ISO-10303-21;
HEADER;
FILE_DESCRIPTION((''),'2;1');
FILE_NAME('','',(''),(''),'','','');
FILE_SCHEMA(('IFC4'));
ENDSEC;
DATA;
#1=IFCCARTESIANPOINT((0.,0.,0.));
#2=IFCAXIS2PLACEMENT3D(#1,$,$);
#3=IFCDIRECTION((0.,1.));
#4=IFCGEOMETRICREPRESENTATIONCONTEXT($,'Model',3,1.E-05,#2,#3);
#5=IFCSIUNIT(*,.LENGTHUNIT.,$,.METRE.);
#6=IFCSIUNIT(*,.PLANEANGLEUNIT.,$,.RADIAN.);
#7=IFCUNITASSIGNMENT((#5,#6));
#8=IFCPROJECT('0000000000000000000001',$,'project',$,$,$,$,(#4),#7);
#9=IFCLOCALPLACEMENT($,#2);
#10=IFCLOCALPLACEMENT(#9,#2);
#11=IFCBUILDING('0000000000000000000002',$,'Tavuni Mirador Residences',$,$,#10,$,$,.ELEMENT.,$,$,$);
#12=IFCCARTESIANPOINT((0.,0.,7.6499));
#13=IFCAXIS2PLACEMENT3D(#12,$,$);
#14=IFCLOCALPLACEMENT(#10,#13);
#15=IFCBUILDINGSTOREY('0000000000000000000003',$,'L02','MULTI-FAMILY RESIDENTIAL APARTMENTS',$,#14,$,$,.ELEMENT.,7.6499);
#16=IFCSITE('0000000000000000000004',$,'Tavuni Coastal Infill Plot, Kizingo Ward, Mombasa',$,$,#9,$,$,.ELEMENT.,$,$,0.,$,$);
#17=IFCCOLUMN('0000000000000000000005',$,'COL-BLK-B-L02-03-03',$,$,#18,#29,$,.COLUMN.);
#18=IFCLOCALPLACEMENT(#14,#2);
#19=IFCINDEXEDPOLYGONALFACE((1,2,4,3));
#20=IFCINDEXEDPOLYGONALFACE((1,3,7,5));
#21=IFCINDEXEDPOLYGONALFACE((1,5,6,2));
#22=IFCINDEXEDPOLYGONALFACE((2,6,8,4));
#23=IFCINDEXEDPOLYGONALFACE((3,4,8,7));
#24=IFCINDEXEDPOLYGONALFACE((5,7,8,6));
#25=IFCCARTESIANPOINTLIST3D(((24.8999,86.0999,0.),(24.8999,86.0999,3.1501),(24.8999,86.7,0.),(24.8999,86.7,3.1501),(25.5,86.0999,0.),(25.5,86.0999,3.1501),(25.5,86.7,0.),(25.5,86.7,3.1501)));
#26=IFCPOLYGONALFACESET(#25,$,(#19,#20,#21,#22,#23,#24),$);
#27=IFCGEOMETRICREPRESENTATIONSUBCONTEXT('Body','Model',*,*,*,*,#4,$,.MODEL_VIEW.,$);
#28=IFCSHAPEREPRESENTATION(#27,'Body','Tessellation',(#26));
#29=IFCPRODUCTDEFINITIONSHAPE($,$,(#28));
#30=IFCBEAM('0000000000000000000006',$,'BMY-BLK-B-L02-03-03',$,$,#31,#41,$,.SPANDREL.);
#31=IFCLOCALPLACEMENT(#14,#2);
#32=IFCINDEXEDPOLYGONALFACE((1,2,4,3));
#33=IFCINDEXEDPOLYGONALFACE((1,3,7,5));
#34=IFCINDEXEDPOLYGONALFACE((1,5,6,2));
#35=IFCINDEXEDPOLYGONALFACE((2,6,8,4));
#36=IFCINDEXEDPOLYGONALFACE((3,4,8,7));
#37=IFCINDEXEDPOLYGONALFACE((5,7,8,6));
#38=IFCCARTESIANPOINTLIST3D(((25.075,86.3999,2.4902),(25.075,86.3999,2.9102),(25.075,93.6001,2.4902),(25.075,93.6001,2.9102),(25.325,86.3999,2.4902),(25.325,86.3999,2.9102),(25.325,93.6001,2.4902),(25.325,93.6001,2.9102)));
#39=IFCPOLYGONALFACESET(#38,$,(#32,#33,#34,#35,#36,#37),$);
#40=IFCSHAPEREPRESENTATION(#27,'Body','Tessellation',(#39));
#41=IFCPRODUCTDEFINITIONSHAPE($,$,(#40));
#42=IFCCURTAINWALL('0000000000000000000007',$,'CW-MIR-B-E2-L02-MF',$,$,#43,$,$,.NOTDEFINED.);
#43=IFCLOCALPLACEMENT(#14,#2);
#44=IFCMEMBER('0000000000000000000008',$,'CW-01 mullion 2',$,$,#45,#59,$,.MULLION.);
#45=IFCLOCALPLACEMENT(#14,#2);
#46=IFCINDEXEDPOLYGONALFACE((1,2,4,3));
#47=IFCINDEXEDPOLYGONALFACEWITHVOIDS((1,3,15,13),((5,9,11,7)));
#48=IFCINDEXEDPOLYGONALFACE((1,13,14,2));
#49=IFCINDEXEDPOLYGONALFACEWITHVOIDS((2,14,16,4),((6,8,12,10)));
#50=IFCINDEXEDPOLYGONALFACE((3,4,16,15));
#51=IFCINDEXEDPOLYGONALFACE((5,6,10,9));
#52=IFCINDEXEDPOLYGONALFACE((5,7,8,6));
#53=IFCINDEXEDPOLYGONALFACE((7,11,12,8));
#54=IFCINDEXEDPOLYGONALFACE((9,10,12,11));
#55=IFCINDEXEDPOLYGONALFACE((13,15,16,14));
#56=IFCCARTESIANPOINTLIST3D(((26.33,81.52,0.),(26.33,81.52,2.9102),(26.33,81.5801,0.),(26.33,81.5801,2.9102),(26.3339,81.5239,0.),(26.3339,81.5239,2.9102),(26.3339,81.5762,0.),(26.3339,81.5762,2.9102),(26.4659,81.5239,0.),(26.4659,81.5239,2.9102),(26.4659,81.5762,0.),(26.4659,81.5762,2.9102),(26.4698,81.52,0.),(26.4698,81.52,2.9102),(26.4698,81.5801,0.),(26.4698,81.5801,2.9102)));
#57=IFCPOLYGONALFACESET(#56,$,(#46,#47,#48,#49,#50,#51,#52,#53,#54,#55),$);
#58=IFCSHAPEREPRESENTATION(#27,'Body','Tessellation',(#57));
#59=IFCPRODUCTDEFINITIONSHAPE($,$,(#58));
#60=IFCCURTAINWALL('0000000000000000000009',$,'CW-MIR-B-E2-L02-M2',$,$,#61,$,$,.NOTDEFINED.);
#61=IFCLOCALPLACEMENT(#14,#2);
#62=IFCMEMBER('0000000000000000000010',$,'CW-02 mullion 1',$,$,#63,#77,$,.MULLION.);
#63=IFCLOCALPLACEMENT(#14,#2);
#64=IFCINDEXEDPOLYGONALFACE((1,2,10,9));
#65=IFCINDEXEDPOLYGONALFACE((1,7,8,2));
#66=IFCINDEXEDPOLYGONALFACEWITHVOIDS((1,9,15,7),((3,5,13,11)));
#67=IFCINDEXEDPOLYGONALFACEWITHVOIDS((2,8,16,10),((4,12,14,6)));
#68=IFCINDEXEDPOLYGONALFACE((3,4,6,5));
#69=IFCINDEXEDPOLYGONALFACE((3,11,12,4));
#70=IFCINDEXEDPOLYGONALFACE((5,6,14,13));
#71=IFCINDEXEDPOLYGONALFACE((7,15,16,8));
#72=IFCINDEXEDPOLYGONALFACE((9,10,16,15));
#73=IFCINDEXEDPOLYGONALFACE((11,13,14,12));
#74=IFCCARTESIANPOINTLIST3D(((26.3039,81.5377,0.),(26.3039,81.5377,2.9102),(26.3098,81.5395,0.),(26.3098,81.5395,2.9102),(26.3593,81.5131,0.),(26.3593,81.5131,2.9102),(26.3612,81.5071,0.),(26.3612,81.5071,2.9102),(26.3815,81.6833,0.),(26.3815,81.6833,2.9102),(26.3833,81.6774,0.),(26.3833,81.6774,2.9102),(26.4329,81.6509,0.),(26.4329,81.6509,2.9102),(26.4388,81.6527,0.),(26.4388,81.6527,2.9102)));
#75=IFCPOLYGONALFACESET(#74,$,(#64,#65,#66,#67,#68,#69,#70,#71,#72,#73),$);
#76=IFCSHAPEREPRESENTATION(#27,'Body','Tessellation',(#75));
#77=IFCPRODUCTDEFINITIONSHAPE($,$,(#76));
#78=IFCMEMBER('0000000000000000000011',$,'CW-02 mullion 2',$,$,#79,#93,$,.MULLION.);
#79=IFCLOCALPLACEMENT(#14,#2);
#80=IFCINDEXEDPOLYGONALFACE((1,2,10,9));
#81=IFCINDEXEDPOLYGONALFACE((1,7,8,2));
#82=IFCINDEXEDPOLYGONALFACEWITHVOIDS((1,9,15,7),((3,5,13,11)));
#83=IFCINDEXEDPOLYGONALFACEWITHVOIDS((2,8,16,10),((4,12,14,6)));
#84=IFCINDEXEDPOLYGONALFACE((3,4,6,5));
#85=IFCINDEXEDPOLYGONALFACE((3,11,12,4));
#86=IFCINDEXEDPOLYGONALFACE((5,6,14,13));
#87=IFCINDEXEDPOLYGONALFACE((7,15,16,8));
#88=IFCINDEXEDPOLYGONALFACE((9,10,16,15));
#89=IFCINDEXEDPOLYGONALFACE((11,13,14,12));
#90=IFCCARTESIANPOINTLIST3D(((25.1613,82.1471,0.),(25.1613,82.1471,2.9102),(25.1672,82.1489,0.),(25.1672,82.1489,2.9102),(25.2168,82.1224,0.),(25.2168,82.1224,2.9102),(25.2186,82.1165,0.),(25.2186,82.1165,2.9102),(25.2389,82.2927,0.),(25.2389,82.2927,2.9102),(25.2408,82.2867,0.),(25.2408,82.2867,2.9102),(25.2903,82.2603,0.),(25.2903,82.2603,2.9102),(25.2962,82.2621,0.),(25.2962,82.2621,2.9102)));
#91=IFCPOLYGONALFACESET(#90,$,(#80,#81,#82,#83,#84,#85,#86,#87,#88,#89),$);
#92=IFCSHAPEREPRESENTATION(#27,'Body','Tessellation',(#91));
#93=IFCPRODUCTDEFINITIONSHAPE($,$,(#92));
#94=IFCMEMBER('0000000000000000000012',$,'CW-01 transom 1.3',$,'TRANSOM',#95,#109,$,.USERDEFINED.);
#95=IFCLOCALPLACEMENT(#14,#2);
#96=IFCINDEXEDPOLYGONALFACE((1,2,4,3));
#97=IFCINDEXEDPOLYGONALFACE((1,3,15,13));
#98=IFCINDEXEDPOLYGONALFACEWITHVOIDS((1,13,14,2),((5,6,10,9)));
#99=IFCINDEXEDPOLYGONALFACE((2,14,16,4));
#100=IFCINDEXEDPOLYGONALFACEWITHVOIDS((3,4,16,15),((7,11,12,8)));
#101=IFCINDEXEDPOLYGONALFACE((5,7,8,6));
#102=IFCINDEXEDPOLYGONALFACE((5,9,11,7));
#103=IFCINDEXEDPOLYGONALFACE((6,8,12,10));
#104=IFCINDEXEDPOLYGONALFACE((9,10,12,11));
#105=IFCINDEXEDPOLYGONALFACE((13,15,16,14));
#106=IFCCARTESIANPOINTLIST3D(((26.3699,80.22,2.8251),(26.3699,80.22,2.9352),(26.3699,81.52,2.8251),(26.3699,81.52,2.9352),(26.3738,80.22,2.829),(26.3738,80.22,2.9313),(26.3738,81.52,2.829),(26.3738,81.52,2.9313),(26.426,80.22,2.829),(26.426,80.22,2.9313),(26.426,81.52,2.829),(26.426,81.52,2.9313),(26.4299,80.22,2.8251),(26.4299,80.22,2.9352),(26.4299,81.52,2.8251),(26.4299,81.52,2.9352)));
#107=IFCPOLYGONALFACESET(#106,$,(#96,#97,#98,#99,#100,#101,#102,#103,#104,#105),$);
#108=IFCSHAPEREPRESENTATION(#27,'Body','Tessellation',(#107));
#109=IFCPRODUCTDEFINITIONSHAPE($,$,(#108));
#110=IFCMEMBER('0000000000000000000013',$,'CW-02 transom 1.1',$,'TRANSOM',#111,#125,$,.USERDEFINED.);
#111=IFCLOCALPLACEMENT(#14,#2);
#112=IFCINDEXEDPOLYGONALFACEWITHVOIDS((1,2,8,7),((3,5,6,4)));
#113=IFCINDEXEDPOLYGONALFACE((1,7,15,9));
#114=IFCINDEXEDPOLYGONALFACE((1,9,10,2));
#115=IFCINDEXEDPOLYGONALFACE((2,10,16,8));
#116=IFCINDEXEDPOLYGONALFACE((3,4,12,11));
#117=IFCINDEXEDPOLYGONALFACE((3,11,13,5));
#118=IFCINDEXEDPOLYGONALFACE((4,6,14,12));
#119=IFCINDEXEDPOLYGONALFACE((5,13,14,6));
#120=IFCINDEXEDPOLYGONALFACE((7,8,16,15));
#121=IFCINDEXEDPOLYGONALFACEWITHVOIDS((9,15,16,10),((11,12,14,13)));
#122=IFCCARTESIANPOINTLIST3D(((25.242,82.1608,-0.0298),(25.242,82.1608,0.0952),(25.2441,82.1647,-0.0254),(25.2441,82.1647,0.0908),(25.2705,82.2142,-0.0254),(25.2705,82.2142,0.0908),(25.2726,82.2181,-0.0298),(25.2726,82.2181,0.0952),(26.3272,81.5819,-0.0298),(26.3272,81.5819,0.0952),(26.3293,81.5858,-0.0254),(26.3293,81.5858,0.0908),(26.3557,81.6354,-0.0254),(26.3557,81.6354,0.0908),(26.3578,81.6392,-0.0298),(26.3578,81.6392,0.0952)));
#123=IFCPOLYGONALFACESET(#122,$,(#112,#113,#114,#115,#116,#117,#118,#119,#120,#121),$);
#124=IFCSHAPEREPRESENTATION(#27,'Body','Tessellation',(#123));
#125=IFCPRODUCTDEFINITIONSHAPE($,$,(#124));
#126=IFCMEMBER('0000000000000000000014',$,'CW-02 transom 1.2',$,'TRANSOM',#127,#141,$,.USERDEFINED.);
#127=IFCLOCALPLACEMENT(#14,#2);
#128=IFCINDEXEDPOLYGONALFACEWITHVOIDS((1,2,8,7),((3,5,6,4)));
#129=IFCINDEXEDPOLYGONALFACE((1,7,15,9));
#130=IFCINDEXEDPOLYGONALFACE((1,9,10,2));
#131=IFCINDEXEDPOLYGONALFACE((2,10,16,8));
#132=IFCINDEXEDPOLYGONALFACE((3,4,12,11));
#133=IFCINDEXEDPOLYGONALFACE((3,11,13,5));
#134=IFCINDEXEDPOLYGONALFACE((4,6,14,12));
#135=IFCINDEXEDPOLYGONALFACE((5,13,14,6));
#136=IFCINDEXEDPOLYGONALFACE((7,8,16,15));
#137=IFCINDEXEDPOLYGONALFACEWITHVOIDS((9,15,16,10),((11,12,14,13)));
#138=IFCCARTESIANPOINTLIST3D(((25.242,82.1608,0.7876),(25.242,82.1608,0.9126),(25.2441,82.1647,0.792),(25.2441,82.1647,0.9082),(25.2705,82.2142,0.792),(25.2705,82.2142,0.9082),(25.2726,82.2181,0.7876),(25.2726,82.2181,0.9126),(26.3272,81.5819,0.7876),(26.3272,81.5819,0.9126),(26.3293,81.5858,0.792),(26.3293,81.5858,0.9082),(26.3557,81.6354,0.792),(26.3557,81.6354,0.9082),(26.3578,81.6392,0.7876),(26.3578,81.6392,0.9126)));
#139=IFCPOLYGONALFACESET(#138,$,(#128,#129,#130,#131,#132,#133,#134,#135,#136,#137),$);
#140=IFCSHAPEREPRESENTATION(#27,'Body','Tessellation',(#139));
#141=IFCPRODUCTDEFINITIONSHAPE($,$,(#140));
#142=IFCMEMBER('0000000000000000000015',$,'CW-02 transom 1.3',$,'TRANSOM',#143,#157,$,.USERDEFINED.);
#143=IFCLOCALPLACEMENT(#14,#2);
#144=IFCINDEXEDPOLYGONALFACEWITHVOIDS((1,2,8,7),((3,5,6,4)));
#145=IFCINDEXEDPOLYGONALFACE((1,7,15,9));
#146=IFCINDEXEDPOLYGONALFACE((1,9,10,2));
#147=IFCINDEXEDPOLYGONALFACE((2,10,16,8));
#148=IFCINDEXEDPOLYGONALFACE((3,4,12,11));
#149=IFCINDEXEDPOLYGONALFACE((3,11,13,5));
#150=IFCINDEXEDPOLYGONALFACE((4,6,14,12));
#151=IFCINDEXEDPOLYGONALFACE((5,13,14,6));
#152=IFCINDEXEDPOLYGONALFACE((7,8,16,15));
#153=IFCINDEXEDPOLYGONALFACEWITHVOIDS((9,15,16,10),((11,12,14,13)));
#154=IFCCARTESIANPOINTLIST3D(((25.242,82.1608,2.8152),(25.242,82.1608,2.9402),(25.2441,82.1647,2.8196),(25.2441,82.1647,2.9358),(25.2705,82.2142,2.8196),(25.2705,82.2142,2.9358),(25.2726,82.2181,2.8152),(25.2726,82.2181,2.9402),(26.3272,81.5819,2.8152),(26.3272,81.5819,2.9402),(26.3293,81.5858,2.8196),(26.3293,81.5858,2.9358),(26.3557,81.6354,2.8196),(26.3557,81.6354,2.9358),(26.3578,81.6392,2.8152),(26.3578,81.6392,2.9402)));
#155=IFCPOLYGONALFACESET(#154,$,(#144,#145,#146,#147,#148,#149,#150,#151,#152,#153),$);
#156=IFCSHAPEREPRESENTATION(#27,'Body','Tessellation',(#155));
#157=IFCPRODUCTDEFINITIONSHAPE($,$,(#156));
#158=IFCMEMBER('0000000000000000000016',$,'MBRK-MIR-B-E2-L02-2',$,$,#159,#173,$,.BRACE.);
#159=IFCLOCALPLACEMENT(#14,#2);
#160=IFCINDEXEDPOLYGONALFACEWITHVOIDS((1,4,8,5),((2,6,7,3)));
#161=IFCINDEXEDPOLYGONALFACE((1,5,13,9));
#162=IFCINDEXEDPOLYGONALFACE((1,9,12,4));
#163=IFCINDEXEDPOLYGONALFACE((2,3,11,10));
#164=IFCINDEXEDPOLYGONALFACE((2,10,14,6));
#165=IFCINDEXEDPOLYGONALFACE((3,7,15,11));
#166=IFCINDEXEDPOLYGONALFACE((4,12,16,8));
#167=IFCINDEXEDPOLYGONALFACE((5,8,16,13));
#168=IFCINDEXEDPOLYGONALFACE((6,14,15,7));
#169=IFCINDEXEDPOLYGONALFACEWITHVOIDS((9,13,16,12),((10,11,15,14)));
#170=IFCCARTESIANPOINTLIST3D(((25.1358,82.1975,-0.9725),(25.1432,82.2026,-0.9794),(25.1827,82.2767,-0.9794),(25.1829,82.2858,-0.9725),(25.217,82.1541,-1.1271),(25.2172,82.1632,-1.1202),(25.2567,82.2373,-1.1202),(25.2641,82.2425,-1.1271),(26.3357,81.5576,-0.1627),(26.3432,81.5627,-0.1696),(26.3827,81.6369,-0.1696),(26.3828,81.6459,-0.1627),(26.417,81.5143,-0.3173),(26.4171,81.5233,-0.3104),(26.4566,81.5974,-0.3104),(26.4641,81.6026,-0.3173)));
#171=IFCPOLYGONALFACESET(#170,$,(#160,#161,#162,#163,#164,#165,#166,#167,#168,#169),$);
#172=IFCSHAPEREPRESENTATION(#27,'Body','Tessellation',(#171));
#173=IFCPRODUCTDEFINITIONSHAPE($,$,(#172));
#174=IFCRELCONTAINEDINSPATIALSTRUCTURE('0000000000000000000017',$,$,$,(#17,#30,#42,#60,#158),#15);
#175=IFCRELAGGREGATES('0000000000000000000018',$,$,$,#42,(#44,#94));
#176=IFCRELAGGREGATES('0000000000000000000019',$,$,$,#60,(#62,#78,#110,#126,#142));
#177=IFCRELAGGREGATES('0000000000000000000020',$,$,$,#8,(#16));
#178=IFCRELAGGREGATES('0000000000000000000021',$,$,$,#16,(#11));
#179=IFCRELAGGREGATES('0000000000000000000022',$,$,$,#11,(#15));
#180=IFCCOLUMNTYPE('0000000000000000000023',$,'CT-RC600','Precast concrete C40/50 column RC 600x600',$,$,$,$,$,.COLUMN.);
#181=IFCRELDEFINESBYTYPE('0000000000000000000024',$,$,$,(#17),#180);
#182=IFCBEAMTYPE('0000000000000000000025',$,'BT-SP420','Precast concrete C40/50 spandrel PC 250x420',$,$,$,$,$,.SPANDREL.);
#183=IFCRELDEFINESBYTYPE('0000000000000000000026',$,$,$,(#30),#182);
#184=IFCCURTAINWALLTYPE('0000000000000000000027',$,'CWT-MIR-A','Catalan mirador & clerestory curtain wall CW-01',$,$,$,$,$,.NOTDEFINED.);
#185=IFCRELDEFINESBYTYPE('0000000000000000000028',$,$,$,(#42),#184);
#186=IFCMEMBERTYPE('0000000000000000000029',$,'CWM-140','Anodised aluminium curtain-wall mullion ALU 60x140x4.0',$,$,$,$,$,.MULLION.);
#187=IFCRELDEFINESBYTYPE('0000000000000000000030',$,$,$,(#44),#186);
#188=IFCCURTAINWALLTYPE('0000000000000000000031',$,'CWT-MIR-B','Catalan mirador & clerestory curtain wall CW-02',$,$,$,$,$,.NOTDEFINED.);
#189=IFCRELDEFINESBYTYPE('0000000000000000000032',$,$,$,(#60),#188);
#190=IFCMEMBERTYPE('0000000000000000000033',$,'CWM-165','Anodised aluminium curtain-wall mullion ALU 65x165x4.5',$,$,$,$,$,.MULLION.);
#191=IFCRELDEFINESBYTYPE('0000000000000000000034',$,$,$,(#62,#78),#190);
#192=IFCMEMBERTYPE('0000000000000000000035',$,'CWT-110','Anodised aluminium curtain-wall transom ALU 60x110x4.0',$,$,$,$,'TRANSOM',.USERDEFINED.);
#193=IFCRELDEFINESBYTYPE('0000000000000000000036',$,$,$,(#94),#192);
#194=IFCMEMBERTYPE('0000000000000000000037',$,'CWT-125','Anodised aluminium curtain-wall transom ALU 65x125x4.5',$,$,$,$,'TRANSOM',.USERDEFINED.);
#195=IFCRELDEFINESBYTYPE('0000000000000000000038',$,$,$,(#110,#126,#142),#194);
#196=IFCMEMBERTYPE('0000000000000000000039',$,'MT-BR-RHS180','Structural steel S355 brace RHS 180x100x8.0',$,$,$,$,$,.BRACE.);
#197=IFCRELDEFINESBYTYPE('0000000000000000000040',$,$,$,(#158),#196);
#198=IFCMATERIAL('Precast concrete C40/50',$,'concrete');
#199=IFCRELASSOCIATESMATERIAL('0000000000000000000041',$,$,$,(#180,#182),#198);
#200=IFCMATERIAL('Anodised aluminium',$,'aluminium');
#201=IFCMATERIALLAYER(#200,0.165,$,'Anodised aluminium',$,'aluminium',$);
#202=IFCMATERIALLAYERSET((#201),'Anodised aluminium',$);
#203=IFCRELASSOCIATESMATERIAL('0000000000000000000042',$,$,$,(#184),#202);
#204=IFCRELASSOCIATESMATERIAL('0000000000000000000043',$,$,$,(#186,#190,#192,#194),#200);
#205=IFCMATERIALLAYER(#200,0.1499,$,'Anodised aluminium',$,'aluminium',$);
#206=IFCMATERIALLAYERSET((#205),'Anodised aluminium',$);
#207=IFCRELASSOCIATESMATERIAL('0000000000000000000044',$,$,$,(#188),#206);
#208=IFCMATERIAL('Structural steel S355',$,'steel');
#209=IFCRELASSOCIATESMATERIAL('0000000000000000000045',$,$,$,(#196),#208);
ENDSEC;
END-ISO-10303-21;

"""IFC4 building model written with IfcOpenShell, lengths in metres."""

from ifc_helpers import new_model, si_unit, direction, frame, origin, origin_2d, place, context, subcontext, project, spatial, rectangle, hollow_rectangle, extrude, material, layer, layer_set, material_profile, profile_set, type_object, element, aggregate, save


model = new_model("IFC4")

# Units and contexts
model_context = context("Model", 3, precision=1e-05, world=origin(), true_north=direction((0.0, 1.0)))
body_context = subcontext(model_context, "Body", "Model", "MODEL_VIEW")
ifc_project = project(units=[si_unit("LENGTHUNIT", "METRE"), si_unit("PLANEANGLEUNIT", "RADIAN")], contexts=[model_context])

# Site, building, storey
site_placement = place(None, origin())
site = spatial("IfcSite", under=ifc_project, at=site_placement, Name="Tavuni Coastal Infill Plot, Kizingo Ward, Mombasa", CompositionType="ELEMENT", RefElevation=0.0)
building_placement = place(site_placement, origin())
building = spatial("IfcBuilding", under=site, at=building_placement, Name="Tavuni Mirador Residences", CompositionType="ELEMENT")
storey_placement = place(building_placement, frame((0.0, 0.0, 7.6499)))
storey = spatial("IfcBuildingStorey", under=building, at=storey_placement, Name="L02", Description="MULTI-FAMILY RESIDENTIAL APARTMENTS", CompositionType="ELEMENT", Elevation=7.6499)

# Column
ifc_material_1 = material(Name="Precast concrete C40/50", Category="concrete")
ifc_material_profile_1 = material_profile(ifc_material_1, rectangle(XDim=0.6001, YDim=0.6001, at=origin_2d()), Name="RC 600x600", Category="concrete")
ifc_profile_set_1 = profile_set([ifc_material_profile_1], Name="Precast concrete C40/50")
column_type = type_object("IfcColumnType", Name="CT-RC600", Description="Precast concrete C40/50 column RC 600x600", PredefinedType="COLUMN", material=ifc_profile_set_1)
column_placement = place(storey_placement, frame((25.2, 86.3999, 0.0), z_axis=(0.0, 0.0, 1.0), x_axis=(1.0, 0.0, 0.0)))
element("IfcColumn", 1, at=column_placement, inside=storey, type_object=column_type, Name="COL-BLK-B-L02-03-03", PredefinedType="COLUMN", context=body_context, shape_type="SweptSolid", body=[
    extrude(rectangle(XDim=0.6001, YDim=0.6001, at=origin_2d()), origin(), (0.0, 0.0, 1.0), 3.1501),
])

# Beam
ifc_material_profile_2 = material_profile(ifc_material_1, rectangle(XDim=0.25, YDim=0.4199, at=origin_2d()), Name="PC 250x420", Category="concrete")
ifc_profile_set_2 = profile_set([ifc_material_profile_2], Name="Precast concrete C40/50")
beam_type = type_object("IfcBeamType", Name="BT-SP420", Description="Precast concrete C40/50 spandrel PC 250x420", PredefinedType="SPANDREL", material=ifc_profile_set_2)
beam_placement = place(storey_placement, frame((25.2, 86.3999, 2.7002), z_axis=(0.0, 1.0, 0.0), x_axis=(-1.0, 0.0, 0.0)))
element("IfcBeam", 2, at=beam_placement, inside=storey, type_object=beam_type, Name="BMY-BLK-B-L02-03-03", PredefinedType="SPANDREL", context=body_context, shape_type="SweptSolid", body=[
    extrude(rectangle(XDim=0.25, YDim=0.4199, at=origin_2d()), origin(), (0.0, 0.0, 1.0), 7.2002),
])

# Curtain wall, member
ifc_material_2 = material(Name="Anodised aluminium", Category="aluminium")
ifc_layer_1 = layer(ifc_material_2, 0.165, Name="Anodised aluminium", Category="aluminium")
ifc_layer_set_1 = layer_set([ifc_layer_1], Name="Anodised aluminium")
curtain_wall_type_1 = type_object("IfcCurtainWallType", Name="CWT-MIR-A", Description="Catalan mirador & clerestory curtain wall CW-01", PredefinedType="NOTDEFINED", material=ifc_layer_set_1)
curtain_wall_1_placement = place(storey_placement, origin())
curtain_wall_1 = element("IfcCurtainWall", 3, at=curtain_wall_1_placement, inside=storey, type_object=curtain_wall_type_1, Name="CW-MIR-B-E2-L02-MF", PredefinedType="NOTDEFINED")
ifc_material_profile_3 = material_profile(ifc_material_2, hollow_rectangle(XDim=0.0601, YDim=0.1399, WallThickness=0.0039, at=origin_2d()), Name="ALU 60x140x4.0", Category="aluminium")
ifc_profile_set_3 = profile_set([ifc_material_profile_3], Name="Anodised aluminium")
member_type_1 = type_object("IfcMemberType", Name="CWM-140", Description="Anodised aluminium curtain-wall mullion ALU 60x140x4.0", PredefinedType="MULLION", material=ifc_profile_set_3)
member_1_placement = place(storey_placement, frame((26.3999, 81.55, 0.0), z_axis=(0.0, 0.0, 1.0), x_axis=(0.0, 1.0, 0.0)))
member_1 = element("IfcMember", 4, at=member_1_placement, type_object=member_type_1, Name="CW-01 mullion 2", PredefinedType="MULLION", context=body_context, shape_type="SweptSolid", body=[
    extrude(hollow_rectangle(XDim=0.0601, YDim=0.1399, WallThickness=0.0039, at=origin_2d()), origin(), (0.0, 0.0, 1.0), 2.9102),
])

# Curtain wall, members
ifc_layer_2 = layer(ifc_material_2, 0.1499, Name="Anodised aluminium", Category="aluminium")
ifc_layer_set_2 = layer_set([ifc_layer_2], Name="Anodised aluminium")
curtain_wall_type_2 = type_object("IfcCurtainWallType", Name="CWT-MIR-B", Description="Catalan mirador & clerestory curtain wall CW-02", PredefinedType="NOTDEFINED", material=ifc_layer_set_2)
curtain_wall_2_placement = place(storey_placement, origin())
curtain_wall_2 = element("IfcCurtainWall", 5, at=curtain_wall_2_placement, inside=storey, type_object=curtain_wall_type_2, Name="CW-MIR-B-E2-L02-M2", PredefinedType="NOTDEFINED")
ifc_material_profile_4 = material_profile(ifc_material_2, hollow_rectangle(XDim=0.0649, YDim=0.165, WallThickness=0.0044, at=origin_2d()), Name="ALU 65x165x4.5", Category="aluminium")
ifc_profile_set_4 = profile_set([ifc_material_profile_4], Name="Anodised aluminium")
member_type_2 = type_object("IfcMemberType", Name="CWM-165", Description="Anodised aluminium curtain-wall mullion ALU 65x165x4.5", PredefinedType="MULLION", material=ifc_profile_set_4)
member_2_placement = place(storey_placement, frame((26.3713, 81.5952, 0.0), z_axis=(0.0, 0.0, 1.0), x_axis=(-0.882353, 0.470588, 0.0)))
member_2 = element("IfcMember", 6, at=member_2_placement, type_object=member_type_2, Name="CW-02 mullion 1", PredefinedType="MULLION", context=body_context, shape_type="SweptSolid", body=[
    extrude(hollow_rectangle(XDim=0.0649, YDim=0.165, WallThickness=0.0044, at=origin_2d()), origin(), (0.0, 0.0, 1.0), 2.9102),
])
member_3_placement = place(storey_placement, frame((25.2288, 82.2046, 0.0), z_axis=(0.0, 0.0, 1.0), x_axis=(-0.882353, 0.470588, 0.0)))
member_3 = element("IfcMember", 7, at=member_3_placement, type_object=member_type_2, Name="CW-02 mullion 2", PredefinedType="MULLION", context=body_context, shape_type="SweptSolid", body=[
    extrude(hollow_rectangle(XDim=0.0649, YDim=0.165, WallThickness=0.0044, at=origin_2d()), origin(), (0.0, 0.0, 1.0), 2.9102),
])

# Members
ifc_material_profile_5 = material_profile(ifc_material_2, hollow_rectangle(XDim=0.0601, YDim=0.1101, WallThickness=0.0039, at=origin_2d()), Name="ALU 60x110x4.0", Category="aluminium")
ifc_profile_set_5 = profile_set([ifc_material_profile_5], Name="Anodised aluminium")
member_type_3 = type_object("IfcMemberType", Name="CWT-110", Description="Anodised aluminium curtain-wall transom ALU 60x110x4.0", ElementType="TRANSOM", PredefinedType="USERDEFINED", material=ifc_profile_set_5)
member_4_placement = place(storey_placement, frame((26.3999, 80.22, 2.8801), z_axis=(0.0, 1.0, 0.0), x_axis=(-1.0, 0.0, 0.0)))
member_4 = element("IfcMember", 8, at=member_4_placement, type_object=member_type_3, Name="CW-01 transom 1.3", ObjectType="TRANSOM", PredefinedType="USERDEFINED", context=body_context, shape_type="SweptSolid", body=[
    extrude(hollow_rectangle(XDim=0.0601, YDim=0.1101, WallThickness=0.0039, at=origin_2d()), origin(), (0.0, 0.0, 1.0), 1.3),
])
ifc_material_profile_6 = material_profile(ifc_material_2, hollow_rectangle(XDim=0.0649, YDim=0.125, WallThickness=0.0044, at=origin_2d()), Name="ALU 65x125x4.5", Category="aluminium")
ifc_profile_set_6 = profile_set([ifc_material_profile_6], Name="Anodised aluminium")
member_type_4 = type_object("IfcMemberType", Name="CWT-125", Description="Anodised aluminium curtain-wall transom ALU 65x125x4.5", ElementType="TRANSOM", PredefinedType="USERDEFINED", material=ifc_profile_set_6)
member_5_placement = place(storey_placement, frame((26.3425, 81.6106, 0.0327), z_axis=(-0.882325, 0.47064, 0.0), x_axis=(-0.47064, -0.882325, 0.0)))
member_5 = element("IfcMember", 9, at=member_5_placement, type_object=member_type_4, Name="CW-02 transom 1.1", ObjectType="TRANSOM", PredefinedType="USERDEFINED", context=body_context, shape_type="SweptSolid", body=[
    extrude(hollow_rectangle(XDim=0.0649, YDim=0.125, WallThickness=0.0044, at=origin_2d()), origin(), (0.0, 0.0, 1.0), 1.23),
])
member_6_placement = place(storey_placement, frame((26.3425, 81.6106, 0.8501), z_axis=(-0.882325, 0.47064, 0.0), x_axis=(-0.47064, -0.882325, 0.0)))
member_6 = element("IfcMember", 10, at=member_6_placement, type_object=member_type_4, Name="CW-02 transom 1.2", ObjectType="TRANSOM", PredefinedType="USERDEFINED", context=body_context, shape_type="SweptSolid", body=[
    extrude(hollow_rectangle(XDim=0.0649, YDim=0.125, WallThickness=0.0044, at=origin_2d()), origin(), (0.0, 0.0, 1.0), 1.23),
])
member_7_placement = place(storey_placement, frame((26.3425, 81.6106, 2.8777), z_axis=(-0.882325, 0.47064, 0.0), x_axis=(-0.47064, -0.882325, 0.0)))
member_7 = element("IfcMember", 11, at=member_7_placement, type_object=member_type_4, Name="CW-02 transom 1.3", ObjectType="TRANSOM", PredefinedType="USERDEFINED", context=body_context, shape_type="SweptSolid", body=[
    extrude(hollow_rectangle(XDim=0.0649, YDim=0.125, WallThickness=0.0044, at=origin_2d()), origin(), (0.0, 0.0, 1.0), 1.23),
])
ifc_material_3 = material(Name="Structural steel S355", Category="steel")
ifc_material_profile_7 = material_profile(ifc_material_3, hollow_rectangle(XDim=0.1001, YDim=0.1799, WallThickness=0.0081, at=origin_2d()), Name="RHS 180x100x8.0", Category="steel")
ifc_profile_set_7 = profile_set([ifc_material_profile_7], Name="Structural steel S355")
member_type_5 = type_object("IfcMemberType", Name="MT-BR-RHS180", Description="Structural steel S355 brace RHS 180x100x8.0", PredefinedType="BRACE", material=ifc_profile_set_7)
member_8_placement = place(storey_placement, frame((25.2, 82.22, -1.0498), z_axis=(0.758136, -0.404288, 0.511645), x_axis=(0.470542, 0.882378, 0.0)))
element("IfcMember", 12, at=member_8_placement, inside=storey, type_object=member_type_5, Name="MBRK-MIR-B-E2-L02-2", PredefinedType="BRACE", context=body_context, shape_type="SweptSolid", body=[
    extrude(hollow_rectangle(XDim=0.1001, YDim=0.1799, WallThickness=0.0081, at=origin_2d()), origin(), (0.0, 0.0, 1.0), 1.5828),
])

aggregate(curtain_wall_1, [member_1, member_4])
aggregate(curtain_wall_2, [member_2, member_3, member_5, member_6, member_7])

save(model, "model.ifc")
